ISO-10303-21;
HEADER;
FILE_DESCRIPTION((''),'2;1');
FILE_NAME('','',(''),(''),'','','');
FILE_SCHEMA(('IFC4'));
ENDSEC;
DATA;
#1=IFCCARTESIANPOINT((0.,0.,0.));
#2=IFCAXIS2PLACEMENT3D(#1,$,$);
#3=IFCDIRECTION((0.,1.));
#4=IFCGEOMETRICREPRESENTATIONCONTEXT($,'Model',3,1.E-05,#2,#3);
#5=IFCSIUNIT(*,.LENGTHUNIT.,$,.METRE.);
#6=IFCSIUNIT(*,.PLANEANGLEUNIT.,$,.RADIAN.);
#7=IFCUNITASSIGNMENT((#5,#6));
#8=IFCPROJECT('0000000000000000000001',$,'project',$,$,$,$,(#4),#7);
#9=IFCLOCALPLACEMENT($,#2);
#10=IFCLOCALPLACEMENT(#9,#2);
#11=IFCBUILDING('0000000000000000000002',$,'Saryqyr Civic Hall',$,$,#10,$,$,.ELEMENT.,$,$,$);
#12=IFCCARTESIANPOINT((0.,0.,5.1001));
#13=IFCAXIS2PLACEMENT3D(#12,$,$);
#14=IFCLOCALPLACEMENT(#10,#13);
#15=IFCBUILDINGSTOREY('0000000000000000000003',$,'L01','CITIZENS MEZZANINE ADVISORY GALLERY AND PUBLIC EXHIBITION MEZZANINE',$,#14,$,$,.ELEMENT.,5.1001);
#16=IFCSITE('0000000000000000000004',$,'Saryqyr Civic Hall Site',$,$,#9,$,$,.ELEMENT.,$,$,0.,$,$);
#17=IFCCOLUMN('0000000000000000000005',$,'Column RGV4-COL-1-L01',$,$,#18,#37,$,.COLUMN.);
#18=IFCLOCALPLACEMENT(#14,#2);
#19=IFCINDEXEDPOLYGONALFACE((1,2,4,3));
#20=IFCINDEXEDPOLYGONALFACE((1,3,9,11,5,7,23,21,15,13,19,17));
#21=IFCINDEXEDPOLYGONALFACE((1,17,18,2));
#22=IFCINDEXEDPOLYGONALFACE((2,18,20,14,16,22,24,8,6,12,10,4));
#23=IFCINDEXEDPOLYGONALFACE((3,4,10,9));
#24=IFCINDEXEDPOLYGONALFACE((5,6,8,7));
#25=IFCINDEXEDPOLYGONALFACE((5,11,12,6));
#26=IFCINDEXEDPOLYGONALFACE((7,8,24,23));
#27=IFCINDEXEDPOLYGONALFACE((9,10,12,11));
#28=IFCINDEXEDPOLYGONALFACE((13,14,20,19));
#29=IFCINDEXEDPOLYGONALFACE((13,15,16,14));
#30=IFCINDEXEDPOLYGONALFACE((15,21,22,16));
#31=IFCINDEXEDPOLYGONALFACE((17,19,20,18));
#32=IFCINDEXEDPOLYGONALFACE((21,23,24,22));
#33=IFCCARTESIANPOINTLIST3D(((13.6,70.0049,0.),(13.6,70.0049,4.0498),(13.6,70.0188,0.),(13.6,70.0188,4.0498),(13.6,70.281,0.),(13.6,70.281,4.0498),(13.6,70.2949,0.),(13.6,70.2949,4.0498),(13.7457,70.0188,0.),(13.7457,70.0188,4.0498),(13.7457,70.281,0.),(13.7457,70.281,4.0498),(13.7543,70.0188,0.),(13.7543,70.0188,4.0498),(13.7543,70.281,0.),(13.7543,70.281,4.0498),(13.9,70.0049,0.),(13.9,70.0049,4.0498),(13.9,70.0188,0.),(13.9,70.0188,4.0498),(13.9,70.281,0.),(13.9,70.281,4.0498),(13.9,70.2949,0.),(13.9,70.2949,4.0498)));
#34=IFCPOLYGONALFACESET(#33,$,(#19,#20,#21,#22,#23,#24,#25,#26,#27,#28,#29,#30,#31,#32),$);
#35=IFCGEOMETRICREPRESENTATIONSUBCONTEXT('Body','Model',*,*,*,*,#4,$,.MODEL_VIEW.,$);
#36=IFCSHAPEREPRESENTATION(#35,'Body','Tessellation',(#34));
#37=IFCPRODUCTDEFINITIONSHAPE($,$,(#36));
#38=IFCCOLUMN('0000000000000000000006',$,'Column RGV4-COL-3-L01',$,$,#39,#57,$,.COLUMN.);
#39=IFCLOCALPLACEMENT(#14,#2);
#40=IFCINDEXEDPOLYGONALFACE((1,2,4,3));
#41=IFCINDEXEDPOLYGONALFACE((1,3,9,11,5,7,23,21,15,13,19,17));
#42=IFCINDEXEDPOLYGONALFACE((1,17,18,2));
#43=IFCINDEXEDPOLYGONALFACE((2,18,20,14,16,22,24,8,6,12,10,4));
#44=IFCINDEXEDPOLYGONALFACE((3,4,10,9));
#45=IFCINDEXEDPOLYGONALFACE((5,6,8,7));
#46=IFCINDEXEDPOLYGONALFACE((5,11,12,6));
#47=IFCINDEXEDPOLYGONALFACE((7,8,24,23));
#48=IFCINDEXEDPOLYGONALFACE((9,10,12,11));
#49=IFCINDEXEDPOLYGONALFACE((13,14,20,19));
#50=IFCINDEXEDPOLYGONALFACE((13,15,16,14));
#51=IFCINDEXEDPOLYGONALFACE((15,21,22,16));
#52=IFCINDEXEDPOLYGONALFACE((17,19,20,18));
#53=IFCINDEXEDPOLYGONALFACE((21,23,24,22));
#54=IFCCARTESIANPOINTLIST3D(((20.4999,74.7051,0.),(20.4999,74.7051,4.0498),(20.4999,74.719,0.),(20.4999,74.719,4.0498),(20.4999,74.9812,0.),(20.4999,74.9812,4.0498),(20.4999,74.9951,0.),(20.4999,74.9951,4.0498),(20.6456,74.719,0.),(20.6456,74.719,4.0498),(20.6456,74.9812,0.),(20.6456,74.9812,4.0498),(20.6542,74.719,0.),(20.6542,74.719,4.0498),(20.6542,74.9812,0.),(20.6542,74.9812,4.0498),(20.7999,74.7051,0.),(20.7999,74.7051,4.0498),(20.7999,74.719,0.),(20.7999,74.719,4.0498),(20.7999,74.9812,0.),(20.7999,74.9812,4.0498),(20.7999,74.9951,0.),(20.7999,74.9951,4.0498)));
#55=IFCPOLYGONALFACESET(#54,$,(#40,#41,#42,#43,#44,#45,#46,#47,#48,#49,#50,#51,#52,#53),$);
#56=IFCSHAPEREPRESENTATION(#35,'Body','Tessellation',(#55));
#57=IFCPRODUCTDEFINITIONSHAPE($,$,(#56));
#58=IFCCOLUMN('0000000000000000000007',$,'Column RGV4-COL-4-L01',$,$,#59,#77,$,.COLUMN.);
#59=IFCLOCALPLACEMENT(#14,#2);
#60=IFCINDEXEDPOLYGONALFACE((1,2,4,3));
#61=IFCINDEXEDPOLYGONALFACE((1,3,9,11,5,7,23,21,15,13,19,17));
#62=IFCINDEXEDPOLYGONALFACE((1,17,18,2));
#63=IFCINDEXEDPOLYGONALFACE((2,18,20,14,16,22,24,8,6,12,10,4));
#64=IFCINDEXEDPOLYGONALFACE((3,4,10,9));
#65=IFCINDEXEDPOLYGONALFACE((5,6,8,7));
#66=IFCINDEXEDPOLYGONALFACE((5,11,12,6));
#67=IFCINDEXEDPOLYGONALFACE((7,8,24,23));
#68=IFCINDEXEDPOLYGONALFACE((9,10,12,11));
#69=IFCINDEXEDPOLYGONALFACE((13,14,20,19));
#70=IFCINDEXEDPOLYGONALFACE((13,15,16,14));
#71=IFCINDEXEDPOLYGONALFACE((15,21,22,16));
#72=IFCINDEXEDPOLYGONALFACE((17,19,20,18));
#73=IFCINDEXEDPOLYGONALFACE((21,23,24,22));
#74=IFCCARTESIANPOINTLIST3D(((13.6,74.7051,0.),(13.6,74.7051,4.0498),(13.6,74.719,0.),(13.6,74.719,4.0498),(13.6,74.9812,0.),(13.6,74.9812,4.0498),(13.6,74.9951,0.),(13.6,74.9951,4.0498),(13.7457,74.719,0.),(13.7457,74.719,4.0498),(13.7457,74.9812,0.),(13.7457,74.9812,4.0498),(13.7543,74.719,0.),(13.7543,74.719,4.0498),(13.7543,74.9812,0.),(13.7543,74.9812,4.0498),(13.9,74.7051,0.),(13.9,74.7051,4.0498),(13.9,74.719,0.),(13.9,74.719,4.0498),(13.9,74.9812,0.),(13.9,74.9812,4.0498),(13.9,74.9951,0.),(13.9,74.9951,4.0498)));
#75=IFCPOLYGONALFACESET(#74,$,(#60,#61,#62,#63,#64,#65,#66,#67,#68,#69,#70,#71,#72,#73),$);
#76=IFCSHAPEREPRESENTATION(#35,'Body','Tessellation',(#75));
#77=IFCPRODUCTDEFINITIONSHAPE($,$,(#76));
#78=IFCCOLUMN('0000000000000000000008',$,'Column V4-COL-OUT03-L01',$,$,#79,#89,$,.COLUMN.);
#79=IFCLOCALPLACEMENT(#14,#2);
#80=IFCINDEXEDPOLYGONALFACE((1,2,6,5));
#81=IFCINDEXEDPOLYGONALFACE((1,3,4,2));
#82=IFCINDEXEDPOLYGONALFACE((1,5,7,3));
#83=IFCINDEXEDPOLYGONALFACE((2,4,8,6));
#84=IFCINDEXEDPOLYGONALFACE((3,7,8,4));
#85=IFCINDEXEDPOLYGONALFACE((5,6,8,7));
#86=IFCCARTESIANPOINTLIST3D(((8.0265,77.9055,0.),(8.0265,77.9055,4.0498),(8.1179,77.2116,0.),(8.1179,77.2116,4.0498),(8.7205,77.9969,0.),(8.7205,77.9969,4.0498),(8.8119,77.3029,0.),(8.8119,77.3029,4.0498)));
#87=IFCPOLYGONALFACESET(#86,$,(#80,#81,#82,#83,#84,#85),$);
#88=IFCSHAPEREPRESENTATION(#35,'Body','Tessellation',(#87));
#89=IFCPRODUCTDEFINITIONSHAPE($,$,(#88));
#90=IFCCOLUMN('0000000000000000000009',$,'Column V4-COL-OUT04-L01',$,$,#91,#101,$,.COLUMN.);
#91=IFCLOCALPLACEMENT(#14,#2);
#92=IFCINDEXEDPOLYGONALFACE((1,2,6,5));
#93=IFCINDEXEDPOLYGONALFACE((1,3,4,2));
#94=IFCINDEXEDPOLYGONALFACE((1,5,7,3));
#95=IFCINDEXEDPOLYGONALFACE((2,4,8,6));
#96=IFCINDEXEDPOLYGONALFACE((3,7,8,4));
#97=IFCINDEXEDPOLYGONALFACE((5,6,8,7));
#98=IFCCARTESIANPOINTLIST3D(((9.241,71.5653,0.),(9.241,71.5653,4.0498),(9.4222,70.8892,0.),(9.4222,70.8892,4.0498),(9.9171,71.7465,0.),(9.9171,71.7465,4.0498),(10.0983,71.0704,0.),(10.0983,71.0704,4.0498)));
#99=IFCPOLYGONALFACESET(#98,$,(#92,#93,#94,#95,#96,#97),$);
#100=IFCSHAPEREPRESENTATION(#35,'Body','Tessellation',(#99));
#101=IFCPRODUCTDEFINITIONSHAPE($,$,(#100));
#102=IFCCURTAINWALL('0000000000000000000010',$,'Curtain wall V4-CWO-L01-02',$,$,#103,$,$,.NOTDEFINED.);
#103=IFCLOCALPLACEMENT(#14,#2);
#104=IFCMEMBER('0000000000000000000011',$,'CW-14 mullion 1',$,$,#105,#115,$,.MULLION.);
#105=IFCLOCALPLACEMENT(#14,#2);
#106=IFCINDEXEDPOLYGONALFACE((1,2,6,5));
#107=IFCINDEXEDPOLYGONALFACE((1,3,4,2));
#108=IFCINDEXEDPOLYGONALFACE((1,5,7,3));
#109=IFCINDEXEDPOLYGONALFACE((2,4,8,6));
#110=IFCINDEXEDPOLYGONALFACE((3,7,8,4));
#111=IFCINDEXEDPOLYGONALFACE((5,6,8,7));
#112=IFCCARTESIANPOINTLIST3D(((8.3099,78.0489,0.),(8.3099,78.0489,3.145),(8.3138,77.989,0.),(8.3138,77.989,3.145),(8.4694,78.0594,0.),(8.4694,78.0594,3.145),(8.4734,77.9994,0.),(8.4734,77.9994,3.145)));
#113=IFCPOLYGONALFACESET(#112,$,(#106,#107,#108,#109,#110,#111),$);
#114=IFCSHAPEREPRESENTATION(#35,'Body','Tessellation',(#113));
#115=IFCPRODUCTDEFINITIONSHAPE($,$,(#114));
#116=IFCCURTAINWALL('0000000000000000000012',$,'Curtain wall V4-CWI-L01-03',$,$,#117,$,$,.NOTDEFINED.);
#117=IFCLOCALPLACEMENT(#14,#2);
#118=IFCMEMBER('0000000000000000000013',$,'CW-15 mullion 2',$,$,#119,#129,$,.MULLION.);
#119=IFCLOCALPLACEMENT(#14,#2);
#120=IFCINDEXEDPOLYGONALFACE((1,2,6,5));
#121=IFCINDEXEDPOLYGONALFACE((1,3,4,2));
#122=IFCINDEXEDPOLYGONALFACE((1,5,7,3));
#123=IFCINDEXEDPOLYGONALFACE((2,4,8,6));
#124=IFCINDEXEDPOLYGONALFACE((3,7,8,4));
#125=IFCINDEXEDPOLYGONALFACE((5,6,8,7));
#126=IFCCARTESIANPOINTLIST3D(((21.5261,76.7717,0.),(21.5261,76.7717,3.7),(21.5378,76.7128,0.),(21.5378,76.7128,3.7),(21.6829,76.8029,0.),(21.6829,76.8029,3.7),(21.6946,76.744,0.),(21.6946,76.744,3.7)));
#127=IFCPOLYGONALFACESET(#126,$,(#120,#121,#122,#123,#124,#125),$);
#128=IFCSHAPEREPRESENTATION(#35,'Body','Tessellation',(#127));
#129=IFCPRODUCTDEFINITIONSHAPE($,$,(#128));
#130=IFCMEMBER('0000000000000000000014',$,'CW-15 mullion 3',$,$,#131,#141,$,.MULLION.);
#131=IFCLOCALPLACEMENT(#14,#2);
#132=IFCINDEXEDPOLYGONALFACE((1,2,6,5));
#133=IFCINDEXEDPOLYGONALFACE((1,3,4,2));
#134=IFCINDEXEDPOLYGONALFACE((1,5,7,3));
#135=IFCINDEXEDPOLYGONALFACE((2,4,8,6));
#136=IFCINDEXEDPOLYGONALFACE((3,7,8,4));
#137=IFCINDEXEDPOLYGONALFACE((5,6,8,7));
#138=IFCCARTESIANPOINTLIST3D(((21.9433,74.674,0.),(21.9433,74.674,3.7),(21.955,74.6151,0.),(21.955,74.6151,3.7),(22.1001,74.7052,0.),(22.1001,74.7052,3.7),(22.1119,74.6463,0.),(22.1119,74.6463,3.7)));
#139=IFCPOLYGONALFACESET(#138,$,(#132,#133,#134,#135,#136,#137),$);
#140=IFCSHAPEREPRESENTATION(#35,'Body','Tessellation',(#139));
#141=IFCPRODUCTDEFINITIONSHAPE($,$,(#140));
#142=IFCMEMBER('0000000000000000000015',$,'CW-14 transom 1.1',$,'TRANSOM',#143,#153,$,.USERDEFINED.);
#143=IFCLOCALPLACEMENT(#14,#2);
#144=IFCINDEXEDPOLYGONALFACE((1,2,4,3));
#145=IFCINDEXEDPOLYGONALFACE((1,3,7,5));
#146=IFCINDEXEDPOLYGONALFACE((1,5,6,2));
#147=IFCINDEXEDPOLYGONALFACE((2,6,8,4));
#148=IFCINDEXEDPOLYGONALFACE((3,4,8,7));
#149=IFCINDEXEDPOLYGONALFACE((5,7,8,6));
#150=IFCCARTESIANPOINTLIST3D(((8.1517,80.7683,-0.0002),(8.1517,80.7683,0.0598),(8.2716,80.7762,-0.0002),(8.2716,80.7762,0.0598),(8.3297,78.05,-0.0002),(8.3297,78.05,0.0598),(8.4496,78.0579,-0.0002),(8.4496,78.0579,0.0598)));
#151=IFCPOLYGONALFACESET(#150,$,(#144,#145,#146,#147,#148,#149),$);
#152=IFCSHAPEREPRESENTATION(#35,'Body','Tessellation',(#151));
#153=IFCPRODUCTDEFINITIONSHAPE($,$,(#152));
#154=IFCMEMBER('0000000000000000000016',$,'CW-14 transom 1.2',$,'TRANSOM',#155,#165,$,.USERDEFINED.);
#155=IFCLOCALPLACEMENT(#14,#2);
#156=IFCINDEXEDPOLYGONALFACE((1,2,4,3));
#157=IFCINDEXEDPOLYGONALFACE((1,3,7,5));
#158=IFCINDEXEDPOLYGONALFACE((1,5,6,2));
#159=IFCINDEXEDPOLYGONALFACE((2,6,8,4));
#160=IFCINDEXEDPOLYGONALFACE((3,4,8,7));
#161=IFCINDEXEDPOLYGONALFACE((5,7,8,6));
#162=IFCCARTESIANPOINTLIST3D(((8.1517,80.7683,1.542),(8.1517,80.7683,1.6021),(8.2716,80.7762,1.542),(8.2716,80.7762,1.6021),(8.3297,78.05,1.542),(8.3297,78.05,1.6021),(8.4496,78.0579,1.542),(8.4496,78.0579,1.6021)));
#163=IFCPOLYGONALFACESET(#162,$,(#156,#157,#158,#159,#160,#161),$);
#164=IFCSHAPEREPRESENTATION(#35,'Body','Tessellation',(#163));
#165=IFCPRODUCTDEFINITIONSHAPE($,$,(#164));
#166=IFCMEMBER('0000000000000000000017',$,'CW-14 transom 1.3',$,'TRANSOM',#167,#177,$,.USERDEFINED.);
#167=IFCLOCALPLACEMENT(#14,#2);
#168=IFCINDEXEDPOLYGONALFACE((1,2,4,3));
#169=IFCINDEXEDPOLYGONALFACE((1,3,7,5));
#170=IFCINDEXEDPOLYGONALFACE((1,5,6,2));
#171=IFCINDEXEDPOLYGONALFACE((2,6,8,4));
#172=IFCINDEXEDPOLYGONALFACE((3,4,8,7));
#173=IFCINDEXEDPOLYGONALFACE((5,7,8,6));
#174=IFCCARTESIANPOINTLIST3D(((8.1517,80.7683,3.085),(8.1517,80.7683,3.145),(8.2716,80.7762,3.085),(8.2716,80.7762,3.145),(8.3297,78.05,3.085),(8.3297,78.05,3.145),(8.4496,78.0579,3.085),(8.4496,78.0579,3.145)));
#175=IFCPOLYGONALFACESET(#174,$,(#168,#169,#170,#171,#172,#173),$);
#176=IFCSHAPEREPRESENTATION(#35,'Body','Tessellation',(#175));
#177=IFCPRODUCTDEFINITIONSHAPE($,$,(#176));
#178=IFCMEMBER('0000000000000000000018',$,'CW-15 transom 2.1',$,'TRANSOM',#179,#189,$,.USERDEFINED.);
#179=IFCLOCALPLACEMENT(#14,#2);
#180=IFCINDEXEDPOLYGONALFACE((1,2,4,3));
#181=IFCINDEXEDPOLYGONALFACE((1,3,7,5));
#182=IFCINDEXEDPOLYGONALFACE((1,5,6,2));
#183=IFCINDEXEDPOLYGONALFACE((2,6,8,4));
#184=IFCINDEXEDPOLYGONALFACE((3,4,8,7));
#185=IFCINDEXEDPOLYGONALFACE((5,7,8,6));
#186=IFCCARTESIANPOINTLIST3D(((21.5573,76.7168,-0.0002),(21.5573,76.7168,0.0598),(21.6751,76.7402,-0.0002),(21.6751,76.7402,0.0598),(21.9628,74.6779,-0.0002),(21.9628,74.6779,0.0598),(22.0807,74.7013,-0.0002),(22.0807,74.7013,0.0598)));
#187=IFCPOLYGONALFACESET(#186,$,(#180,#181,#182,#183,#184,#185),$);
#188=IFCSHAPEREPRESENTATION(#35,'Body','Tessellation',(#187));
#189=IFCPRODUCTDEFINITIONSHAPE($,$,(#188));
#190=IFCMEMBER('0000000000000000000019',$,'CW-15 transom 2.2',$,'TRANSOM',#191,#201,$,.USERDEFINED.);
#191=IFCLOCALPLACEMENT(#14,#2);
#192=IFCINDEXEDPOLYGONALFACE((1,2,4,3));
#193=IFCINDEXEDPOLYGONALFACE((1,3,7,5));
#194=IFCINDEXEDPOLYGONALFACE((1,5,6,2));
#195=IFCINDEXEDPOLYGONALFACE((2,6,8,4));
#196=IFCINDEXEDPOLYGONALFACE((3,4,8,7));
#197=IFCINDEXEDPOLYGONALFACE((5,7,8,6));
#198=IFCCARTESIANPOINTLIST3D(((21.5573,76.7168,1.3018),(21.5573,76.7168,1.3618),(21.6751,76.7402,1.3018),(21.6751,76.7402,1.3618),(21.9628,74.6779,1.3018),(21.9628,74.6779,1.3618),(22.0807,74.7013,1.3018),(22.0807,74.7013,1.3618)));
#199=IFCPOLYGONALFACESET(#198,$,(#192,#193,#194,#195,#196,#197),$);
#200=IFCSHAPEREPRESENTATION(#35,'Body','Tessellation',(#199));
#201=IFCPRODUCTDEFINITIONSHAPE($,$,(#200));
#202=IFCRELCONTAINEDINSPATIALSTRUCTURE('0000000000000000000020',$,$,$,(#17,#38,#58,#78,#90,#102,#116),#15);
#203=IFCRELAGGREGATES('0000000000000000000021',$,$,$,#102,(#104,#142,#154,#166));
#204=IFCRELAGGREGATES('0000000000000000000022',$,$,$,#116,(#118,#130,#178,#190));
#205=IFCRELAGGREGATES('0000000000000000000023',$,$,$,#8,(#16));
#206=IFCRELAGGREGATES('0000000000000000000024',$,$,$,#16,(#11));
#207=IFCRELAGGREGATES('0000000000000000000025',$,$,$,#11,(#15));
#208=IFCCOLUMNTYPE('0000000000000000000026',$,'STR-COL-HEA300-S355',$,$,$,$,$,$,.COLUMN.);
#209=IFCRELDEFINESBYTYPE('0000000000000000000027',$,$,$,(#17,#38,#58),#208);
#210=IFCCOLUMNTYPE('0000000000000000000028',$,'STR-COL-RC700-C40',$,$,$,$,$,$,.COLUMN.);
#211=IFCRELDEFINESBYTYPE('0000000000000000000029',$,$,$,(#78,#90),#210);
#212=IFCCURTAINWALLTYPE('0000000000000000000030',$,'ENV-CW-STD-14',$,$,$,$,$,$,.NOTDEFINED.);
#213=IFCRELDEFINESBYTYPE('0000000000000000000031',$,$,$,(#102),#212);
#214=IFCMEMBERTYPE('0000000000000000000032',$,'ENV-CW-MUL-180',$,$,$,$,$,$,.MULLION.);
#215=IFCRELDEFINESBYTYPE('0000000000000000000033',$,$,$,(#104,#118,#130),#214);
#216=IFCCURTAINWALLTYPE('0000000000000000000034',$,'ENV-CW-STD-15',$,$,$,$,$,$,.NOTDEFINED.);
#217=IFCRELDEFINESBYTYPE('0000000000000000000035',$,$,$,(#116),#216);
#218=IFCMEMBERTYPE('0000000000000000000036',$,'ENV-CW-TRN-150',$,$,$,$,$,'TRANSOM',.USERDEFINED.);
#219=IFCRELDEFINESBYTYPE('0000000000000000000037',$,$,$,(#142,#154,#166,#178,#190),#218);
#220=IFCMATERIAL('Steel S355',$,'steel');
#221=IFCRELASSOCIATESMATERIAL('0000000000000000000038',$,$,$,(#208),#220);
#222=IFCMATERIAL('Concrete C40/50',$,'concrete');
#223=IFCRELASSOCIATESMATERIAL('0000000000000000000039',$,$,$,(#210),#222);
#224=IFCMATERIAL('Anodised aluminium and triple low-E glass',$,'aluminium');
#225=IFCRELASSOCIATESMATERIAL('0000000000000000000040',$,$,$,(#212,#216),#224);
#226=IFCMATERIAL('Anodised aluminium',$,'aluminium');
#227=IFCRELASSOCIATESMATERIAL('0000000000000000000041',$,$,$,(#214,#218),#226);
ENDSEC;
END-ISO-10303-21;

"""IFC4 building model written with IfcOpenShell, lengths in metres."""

from ifc_helpers import new_model, si_unit, direction, frame, origin, origin_2d, place, context, subcontext, project, spatial, rectangle, i_section, extrude, material, material_profile, profile_set, type_object, element, aggregate, save


model = new_model("IFC4")

# Units and contexts
model_context = context("Model", 3, precision=1e-05, world=origin(), true_north=direction((0.0, 1.0)))
body_context = subcontext(model_context, "Body", "Model", "MODEL_VIEW")
ifc_project = project(units=[si_unit("LENGTHUNIT", "METRE"), si_unit("PLANEANGLEUNIT", "RADIAN")], contexts=[model_context])

# Site, building, storey
site_placement = place(None, origin())
site = spatial("IfcSite", under=ifc_project, at=site_placement, Name="Saryqyr Civic Hall Site", CompositionType="ELEMENT", RefElevation=0.0)
building_placement = place(site_placement, origin())
building = spatial("IfcBuilding", under=site, at=building_placement, Name="Saryqyr Civic Hall", CompositionType="ELEMENT")
storey_placement = place(building_placement, frame((0.0, 0.0, 5.1001)))
storey = spatial("IfcBuildingStorey", under=building, at=storey_placement, Name="L01", Description="CITIZENS MEZZANINE ADVISORY GALLERY AND PUBLIC EXHIBITION MEZZANINE", CompositionType="ELEMENT", Elevation=5.1001)

# Columns
ifc_material_1 = material(Name="Steel S355", Category="steel")
ifc_material_profile_1 = material_profile(ifc_material_1, i_section(OverallWidth=0.3, OverallDepth=0.29, WebThickness=0.0085, FlangeThickness=0.0139, at=origin_2d()), Name="HEA 300")
ifc_profile_set_1 = profile_set([ifc_material_profile_1], Name="Steel S355")
column_type_1 = type_object("IfcColumnType", Name="STR-COL-HEA300-S355", PredefinedType="COLUMN", material=ifc_profile_set_1)
for number, where, z_axis, x_axis, name in (
    (1, (13.75, 70.1499, 0.0), (0.0, 0.0, 1.0), (1.0, 0.0, 0.0), "Column RGV4-COL-1-L01"),
    (2, (20.6499, 74.8501, 0.0), (0.0, 0.0, 1.0), (1.0, 0.0, 0.0), "Column RGV4-COL-3-L01"),
    (3, (13.75, 74.8501, 0.0), (0.0, 0.0, 1.0), (1.0, 0.0, 0.0), "Column RGV4-COL-4-L01"),
):
    element("IfcColumn", number, at=place(storey_placement, frame(where, z_axis=z_axis, x_axis=x_axis)), inside=storey, type_object=column_type_1, Name=name, PredefinedType="COLUMN", context=body_context, shape_type="SweptSolid", body=[
        extrude(i_section(OverallWidth=0.3, OverallDepth=0.29, WebThickness=0.0085, FlangeThickness=0.0139, at=origin_2d()), origin(), (0.0, 0.0, 1.0), 4.0498),
    ])
ifc_material_2 = material(Name="Concrete C40/50", Category="concrete")
ifc_material_profile_2 = material_profile(ifc_material_2, rectangle(XDim=0.7, YDim=0.7, at=origin_2d()), Name="RC 700x700")
ifc_profile_set_2 = profile_set([ifc_material_profile_2], Name="Concrete C40/50")
column_type_2 = type_object("IfcColumnType", Name="STR-COL-RC700-C40", PredefinedType="COLUMN", material=ifc_profile_set_2)
for number, where, z_axis, x_axis, name in (
    (4, (8.4192, 77.6042, 0.0), (0.0, 0.0, 1.0), (-0.991445, -0.130526, 0.0), "Column V4-COL-OUT03-L01"),
    (5, (9.6697, 71.3179, 0.0), (0.0, 0.0, 1.0), (-0.965926, -0.258819, 0.0), "Column V4-COL-OUT04-L01"),
):
    element("IfcColumn", number, at=place(storey_placement, frame(where, z_axis=z_axis, x_axis=x_axis)), inside=storey, type_object=column_type_2, Name=name, PredefinedType="COLUMN", context=body_context, shape_type="SweptSolid", body=[
        extrude(rectangle(XDim=0.7, YDim=0.7, at=origin_2d()), origin(), (0.0, 0.0, 1.0), 4.0498),
    ])

# Curtain wall, member
ifc_material_3 = material(Name="Anodised aluminium and triple low-E glass", Category="aluminium")
curtain_wall_type_1 = type_object("IfcCurtainWallType", Name="ENV-CW-STD-14", PredefinedType="NOTDEFINED", material=ifc_material_3)
curtain_wall_1_placement = place(storey_placement, origin())
curtain_wall_1 = element("IfcCurtainWall", 6, at=curtain_wall_1_placement, inside=storey, type_object=curtain_wall_type_1, Name="Curtain wall V4-CWO-L01-02", PredefinedType="NOTDEFINED")
ifc_material_4 = material(Name="Anodised aluminium", Category="aluminium")
ifc_material_profile_3 = material_profile(ifc_material_4, rectangle(XDim=0.0601, YDim=0.1599, at=origin_2d()), Name="ALU MULLION 60x160")
ifc_profile_set_3 = profile_set([ifc_material_profile_3], Name="Anodised aluminium")
member_type_1 = type_object("IfcMemberType", Name="ENV-CW-MUL-180", PredefinedType="MULLION", material=ifc_profile_set_3)
member_1_placement = place(storey_placement, frame((8.3916, 78.0242, 0.0), z_axis=(0.0, 0.0, 1.0), x_axis=(-0.065389, 0.99786, 0.0)))
member_1 = element("IfcMember", 7, at=member_1_placement, type_object=member_type_1, Name="CW-14 mullion 1", PredefinedType="MULLION", context=body_context, shape_type="SweptSolid", body=[
    extrude(rectangle(XDim=0.0601, YDim=0.1599, at=origin_2d()), origin(), (0.0, 0.0, 1.0), 3.145),
])

# Curtain wall, members
curtain_wall_type_2 = type_object("IfcCurtainWallType", Name="ENV-CW-STD-15", PredefinedType="NOTDEFINED", material=ifc_material_3)
curtain_wall_2_placement = place(storey_placement, origin())
curtain_wall_2 = element("IfcCurtainWall", 8, at=curtain_wall_2_placement, inside=storey, type_object=curtain_wall_type_2, Name="Curtain wall V4-CWI-L01-03", PredefinedType="NOTDEFINED")
member_2_placement = place(storey_placement, frame((21.6104, 76.7578, 0.0), z_axis=(0.0, 0.0, 1.0), x_axis=(0.195087, -0.980786, 0.0)))
member_2 = element("IfcMember", 9, at=member_2_placement, type_object=member_type_1, Name="CW-15 mullion 2", PredefinedType="MULLION", context=body_context, shape_type="SweptSolid", body=[
    extrude(rectangle(XDim=0.0601, YDim=0.1599, at=origin_2d()), origin(), (0.0, 0.0, 1.0), 3.7),
])
member_3_placement = place(storey_placement, frame((22.0276, 74.6602, 0.0), z_axis=(0.0, 0.0, 1.0), x_axis=(0.195087, -0.980786, 0.0)))
member_3 = element("IfcMember", 10, at=member_3_placement, type_object=member_type_1, Name="CW-15 mullion 3", PredefinedType="MULLION", context=body_context, shape_type="SweptSolid", body=[
    extrude(rectangle(XDim=0.0601, YDim=0.1599, at=origin_2d()), origin(), (0.0, 0.0, 1.0), 3.7),
])

# Members
ifc_material_profile_4 = material_profile(ifc_material_4, rectangle(XDim=0.1201, YDim=0.0601, at=origin_2d()), Name="ALU TRANSOM 120x60")
ifc_profile_set_4 = profile_set([ifc_material_profile_4], Name="Anodised aluminium")
member_type_2 = type_object("IfcMemberType", Name="ENV-CW-TRN-150", ElementType="TRANSOM", PredefinedType="USERDEFINED", material=ifc_profile_set_4)
member_4_placement = place(storey_placement, frame((8.3896, 78.054, 0.0298), z_axis=(-0.065335, 0.997863, 0.0), x_axis=(-0.997863, -0.065335, 0.0)))
member_4 = element("IfcMember", 11, at=member_4_placement, type_object=member_type_2, Name="CW-14 transom 1.1", ObjectType="TRANSOM", PredefinedType="USERDEFINED", context=body_context, shape_type="SweptSolid", body=[
    extrude(rectangle(XDim=0.1201, YDim=0.0601, at=origin_2d()), origin(), (0.0, 0.0, 1.0), 2.7241),
])
member_5_placement = place(storey_placement, frame((8.3896, 78.054, 1.572), z_axis=(-0.065335, 0.997863, 0.0), x_axis=(-0.997863, -0.065335, 0.0)))
member_5 = element("IfcMember", 12, at=member_5_placement, type_object=member_type_2, Name="CW-14 transom 1.2", ObjectType="TRANSOM", PredefinedType="USERDEFINED", context=body_context, shape_type="SweptSolid", body=[
    extrude(rectangle(XDim=0.1201, YDim=0.0601, at=origin_2d()), origin(), (0.0, 0.0, 1.0), 2.7241),
])
member_6_placement = place(storey_placement, frame((8.3896, 78.054, 3.115), z_axis=(-0.065335, 0.997863, 0.0), x_axis=(-0.997863, -0.065335, 0.0)))
member_6 = element("IfcMember", 13, at=member_6_placement, type_object=member_type_2, Name="CW-14 transom 1.3", ObjectType="TRANSOM", PredefinedType="USERDEFINED", context=body_context, shape_type="SweptSolid", body=[
    extrude(rectangle(XDim=0.1201, YDim=0.0601, at=origin_2d()), origin(), (0.0, 0.0, 1.0), 2.7241),
])
aggregate(curtain_wall_1, [member_1, member_4, member_5, member_6])
member_7_placement = place(storey_placement, frame((21.6162, 76.7285, 0.0298), z_axis=(0.195077, -0.980788, 0.0), x_axis=(0.980788, 0.195077, 0.0)))
member_7 = element("IfcMember", 14, at=member_7_placement, type_object=member_type_2, Name="CW-15 transom 2.1", ObjectType="TRANSOM", PredefinedType="USERDEFINED", context=body_context, shape_type="SweptSolid", body=[
    extrude(rectangle(XDim=0.1201, YDim=0.0601, at=origin_2d()), origin(), (0.0, 0.0, 1.0), 2.0789),
])
member_8_placement = place(storey_placement, frame((21.6162, 76.7285, 1.3318), z_axis=(0.195077, -0.980788, 0.0), x_axis=(0.980788, 0.195077, 0.0)))
member_8 = element("IfcMember", 15, at=member_8_placement, type_object=member_type_2, Name="CW-15 transom 2.2", ObjectType="TRANSOM", PredefinedType="USERDEFINED", context=body_context, shape_type="SweptSolid", body=[
    extrude(rectangle(XDim=0.1201, YDim=0.0601, at=origin_2d()), origin(), (0.0, 0.0, 1.0), 2.0789),
])

aggregate(curtain_wall_2, [member_2, member_3, member_7, member_8])

save(model, "model.ifc")
